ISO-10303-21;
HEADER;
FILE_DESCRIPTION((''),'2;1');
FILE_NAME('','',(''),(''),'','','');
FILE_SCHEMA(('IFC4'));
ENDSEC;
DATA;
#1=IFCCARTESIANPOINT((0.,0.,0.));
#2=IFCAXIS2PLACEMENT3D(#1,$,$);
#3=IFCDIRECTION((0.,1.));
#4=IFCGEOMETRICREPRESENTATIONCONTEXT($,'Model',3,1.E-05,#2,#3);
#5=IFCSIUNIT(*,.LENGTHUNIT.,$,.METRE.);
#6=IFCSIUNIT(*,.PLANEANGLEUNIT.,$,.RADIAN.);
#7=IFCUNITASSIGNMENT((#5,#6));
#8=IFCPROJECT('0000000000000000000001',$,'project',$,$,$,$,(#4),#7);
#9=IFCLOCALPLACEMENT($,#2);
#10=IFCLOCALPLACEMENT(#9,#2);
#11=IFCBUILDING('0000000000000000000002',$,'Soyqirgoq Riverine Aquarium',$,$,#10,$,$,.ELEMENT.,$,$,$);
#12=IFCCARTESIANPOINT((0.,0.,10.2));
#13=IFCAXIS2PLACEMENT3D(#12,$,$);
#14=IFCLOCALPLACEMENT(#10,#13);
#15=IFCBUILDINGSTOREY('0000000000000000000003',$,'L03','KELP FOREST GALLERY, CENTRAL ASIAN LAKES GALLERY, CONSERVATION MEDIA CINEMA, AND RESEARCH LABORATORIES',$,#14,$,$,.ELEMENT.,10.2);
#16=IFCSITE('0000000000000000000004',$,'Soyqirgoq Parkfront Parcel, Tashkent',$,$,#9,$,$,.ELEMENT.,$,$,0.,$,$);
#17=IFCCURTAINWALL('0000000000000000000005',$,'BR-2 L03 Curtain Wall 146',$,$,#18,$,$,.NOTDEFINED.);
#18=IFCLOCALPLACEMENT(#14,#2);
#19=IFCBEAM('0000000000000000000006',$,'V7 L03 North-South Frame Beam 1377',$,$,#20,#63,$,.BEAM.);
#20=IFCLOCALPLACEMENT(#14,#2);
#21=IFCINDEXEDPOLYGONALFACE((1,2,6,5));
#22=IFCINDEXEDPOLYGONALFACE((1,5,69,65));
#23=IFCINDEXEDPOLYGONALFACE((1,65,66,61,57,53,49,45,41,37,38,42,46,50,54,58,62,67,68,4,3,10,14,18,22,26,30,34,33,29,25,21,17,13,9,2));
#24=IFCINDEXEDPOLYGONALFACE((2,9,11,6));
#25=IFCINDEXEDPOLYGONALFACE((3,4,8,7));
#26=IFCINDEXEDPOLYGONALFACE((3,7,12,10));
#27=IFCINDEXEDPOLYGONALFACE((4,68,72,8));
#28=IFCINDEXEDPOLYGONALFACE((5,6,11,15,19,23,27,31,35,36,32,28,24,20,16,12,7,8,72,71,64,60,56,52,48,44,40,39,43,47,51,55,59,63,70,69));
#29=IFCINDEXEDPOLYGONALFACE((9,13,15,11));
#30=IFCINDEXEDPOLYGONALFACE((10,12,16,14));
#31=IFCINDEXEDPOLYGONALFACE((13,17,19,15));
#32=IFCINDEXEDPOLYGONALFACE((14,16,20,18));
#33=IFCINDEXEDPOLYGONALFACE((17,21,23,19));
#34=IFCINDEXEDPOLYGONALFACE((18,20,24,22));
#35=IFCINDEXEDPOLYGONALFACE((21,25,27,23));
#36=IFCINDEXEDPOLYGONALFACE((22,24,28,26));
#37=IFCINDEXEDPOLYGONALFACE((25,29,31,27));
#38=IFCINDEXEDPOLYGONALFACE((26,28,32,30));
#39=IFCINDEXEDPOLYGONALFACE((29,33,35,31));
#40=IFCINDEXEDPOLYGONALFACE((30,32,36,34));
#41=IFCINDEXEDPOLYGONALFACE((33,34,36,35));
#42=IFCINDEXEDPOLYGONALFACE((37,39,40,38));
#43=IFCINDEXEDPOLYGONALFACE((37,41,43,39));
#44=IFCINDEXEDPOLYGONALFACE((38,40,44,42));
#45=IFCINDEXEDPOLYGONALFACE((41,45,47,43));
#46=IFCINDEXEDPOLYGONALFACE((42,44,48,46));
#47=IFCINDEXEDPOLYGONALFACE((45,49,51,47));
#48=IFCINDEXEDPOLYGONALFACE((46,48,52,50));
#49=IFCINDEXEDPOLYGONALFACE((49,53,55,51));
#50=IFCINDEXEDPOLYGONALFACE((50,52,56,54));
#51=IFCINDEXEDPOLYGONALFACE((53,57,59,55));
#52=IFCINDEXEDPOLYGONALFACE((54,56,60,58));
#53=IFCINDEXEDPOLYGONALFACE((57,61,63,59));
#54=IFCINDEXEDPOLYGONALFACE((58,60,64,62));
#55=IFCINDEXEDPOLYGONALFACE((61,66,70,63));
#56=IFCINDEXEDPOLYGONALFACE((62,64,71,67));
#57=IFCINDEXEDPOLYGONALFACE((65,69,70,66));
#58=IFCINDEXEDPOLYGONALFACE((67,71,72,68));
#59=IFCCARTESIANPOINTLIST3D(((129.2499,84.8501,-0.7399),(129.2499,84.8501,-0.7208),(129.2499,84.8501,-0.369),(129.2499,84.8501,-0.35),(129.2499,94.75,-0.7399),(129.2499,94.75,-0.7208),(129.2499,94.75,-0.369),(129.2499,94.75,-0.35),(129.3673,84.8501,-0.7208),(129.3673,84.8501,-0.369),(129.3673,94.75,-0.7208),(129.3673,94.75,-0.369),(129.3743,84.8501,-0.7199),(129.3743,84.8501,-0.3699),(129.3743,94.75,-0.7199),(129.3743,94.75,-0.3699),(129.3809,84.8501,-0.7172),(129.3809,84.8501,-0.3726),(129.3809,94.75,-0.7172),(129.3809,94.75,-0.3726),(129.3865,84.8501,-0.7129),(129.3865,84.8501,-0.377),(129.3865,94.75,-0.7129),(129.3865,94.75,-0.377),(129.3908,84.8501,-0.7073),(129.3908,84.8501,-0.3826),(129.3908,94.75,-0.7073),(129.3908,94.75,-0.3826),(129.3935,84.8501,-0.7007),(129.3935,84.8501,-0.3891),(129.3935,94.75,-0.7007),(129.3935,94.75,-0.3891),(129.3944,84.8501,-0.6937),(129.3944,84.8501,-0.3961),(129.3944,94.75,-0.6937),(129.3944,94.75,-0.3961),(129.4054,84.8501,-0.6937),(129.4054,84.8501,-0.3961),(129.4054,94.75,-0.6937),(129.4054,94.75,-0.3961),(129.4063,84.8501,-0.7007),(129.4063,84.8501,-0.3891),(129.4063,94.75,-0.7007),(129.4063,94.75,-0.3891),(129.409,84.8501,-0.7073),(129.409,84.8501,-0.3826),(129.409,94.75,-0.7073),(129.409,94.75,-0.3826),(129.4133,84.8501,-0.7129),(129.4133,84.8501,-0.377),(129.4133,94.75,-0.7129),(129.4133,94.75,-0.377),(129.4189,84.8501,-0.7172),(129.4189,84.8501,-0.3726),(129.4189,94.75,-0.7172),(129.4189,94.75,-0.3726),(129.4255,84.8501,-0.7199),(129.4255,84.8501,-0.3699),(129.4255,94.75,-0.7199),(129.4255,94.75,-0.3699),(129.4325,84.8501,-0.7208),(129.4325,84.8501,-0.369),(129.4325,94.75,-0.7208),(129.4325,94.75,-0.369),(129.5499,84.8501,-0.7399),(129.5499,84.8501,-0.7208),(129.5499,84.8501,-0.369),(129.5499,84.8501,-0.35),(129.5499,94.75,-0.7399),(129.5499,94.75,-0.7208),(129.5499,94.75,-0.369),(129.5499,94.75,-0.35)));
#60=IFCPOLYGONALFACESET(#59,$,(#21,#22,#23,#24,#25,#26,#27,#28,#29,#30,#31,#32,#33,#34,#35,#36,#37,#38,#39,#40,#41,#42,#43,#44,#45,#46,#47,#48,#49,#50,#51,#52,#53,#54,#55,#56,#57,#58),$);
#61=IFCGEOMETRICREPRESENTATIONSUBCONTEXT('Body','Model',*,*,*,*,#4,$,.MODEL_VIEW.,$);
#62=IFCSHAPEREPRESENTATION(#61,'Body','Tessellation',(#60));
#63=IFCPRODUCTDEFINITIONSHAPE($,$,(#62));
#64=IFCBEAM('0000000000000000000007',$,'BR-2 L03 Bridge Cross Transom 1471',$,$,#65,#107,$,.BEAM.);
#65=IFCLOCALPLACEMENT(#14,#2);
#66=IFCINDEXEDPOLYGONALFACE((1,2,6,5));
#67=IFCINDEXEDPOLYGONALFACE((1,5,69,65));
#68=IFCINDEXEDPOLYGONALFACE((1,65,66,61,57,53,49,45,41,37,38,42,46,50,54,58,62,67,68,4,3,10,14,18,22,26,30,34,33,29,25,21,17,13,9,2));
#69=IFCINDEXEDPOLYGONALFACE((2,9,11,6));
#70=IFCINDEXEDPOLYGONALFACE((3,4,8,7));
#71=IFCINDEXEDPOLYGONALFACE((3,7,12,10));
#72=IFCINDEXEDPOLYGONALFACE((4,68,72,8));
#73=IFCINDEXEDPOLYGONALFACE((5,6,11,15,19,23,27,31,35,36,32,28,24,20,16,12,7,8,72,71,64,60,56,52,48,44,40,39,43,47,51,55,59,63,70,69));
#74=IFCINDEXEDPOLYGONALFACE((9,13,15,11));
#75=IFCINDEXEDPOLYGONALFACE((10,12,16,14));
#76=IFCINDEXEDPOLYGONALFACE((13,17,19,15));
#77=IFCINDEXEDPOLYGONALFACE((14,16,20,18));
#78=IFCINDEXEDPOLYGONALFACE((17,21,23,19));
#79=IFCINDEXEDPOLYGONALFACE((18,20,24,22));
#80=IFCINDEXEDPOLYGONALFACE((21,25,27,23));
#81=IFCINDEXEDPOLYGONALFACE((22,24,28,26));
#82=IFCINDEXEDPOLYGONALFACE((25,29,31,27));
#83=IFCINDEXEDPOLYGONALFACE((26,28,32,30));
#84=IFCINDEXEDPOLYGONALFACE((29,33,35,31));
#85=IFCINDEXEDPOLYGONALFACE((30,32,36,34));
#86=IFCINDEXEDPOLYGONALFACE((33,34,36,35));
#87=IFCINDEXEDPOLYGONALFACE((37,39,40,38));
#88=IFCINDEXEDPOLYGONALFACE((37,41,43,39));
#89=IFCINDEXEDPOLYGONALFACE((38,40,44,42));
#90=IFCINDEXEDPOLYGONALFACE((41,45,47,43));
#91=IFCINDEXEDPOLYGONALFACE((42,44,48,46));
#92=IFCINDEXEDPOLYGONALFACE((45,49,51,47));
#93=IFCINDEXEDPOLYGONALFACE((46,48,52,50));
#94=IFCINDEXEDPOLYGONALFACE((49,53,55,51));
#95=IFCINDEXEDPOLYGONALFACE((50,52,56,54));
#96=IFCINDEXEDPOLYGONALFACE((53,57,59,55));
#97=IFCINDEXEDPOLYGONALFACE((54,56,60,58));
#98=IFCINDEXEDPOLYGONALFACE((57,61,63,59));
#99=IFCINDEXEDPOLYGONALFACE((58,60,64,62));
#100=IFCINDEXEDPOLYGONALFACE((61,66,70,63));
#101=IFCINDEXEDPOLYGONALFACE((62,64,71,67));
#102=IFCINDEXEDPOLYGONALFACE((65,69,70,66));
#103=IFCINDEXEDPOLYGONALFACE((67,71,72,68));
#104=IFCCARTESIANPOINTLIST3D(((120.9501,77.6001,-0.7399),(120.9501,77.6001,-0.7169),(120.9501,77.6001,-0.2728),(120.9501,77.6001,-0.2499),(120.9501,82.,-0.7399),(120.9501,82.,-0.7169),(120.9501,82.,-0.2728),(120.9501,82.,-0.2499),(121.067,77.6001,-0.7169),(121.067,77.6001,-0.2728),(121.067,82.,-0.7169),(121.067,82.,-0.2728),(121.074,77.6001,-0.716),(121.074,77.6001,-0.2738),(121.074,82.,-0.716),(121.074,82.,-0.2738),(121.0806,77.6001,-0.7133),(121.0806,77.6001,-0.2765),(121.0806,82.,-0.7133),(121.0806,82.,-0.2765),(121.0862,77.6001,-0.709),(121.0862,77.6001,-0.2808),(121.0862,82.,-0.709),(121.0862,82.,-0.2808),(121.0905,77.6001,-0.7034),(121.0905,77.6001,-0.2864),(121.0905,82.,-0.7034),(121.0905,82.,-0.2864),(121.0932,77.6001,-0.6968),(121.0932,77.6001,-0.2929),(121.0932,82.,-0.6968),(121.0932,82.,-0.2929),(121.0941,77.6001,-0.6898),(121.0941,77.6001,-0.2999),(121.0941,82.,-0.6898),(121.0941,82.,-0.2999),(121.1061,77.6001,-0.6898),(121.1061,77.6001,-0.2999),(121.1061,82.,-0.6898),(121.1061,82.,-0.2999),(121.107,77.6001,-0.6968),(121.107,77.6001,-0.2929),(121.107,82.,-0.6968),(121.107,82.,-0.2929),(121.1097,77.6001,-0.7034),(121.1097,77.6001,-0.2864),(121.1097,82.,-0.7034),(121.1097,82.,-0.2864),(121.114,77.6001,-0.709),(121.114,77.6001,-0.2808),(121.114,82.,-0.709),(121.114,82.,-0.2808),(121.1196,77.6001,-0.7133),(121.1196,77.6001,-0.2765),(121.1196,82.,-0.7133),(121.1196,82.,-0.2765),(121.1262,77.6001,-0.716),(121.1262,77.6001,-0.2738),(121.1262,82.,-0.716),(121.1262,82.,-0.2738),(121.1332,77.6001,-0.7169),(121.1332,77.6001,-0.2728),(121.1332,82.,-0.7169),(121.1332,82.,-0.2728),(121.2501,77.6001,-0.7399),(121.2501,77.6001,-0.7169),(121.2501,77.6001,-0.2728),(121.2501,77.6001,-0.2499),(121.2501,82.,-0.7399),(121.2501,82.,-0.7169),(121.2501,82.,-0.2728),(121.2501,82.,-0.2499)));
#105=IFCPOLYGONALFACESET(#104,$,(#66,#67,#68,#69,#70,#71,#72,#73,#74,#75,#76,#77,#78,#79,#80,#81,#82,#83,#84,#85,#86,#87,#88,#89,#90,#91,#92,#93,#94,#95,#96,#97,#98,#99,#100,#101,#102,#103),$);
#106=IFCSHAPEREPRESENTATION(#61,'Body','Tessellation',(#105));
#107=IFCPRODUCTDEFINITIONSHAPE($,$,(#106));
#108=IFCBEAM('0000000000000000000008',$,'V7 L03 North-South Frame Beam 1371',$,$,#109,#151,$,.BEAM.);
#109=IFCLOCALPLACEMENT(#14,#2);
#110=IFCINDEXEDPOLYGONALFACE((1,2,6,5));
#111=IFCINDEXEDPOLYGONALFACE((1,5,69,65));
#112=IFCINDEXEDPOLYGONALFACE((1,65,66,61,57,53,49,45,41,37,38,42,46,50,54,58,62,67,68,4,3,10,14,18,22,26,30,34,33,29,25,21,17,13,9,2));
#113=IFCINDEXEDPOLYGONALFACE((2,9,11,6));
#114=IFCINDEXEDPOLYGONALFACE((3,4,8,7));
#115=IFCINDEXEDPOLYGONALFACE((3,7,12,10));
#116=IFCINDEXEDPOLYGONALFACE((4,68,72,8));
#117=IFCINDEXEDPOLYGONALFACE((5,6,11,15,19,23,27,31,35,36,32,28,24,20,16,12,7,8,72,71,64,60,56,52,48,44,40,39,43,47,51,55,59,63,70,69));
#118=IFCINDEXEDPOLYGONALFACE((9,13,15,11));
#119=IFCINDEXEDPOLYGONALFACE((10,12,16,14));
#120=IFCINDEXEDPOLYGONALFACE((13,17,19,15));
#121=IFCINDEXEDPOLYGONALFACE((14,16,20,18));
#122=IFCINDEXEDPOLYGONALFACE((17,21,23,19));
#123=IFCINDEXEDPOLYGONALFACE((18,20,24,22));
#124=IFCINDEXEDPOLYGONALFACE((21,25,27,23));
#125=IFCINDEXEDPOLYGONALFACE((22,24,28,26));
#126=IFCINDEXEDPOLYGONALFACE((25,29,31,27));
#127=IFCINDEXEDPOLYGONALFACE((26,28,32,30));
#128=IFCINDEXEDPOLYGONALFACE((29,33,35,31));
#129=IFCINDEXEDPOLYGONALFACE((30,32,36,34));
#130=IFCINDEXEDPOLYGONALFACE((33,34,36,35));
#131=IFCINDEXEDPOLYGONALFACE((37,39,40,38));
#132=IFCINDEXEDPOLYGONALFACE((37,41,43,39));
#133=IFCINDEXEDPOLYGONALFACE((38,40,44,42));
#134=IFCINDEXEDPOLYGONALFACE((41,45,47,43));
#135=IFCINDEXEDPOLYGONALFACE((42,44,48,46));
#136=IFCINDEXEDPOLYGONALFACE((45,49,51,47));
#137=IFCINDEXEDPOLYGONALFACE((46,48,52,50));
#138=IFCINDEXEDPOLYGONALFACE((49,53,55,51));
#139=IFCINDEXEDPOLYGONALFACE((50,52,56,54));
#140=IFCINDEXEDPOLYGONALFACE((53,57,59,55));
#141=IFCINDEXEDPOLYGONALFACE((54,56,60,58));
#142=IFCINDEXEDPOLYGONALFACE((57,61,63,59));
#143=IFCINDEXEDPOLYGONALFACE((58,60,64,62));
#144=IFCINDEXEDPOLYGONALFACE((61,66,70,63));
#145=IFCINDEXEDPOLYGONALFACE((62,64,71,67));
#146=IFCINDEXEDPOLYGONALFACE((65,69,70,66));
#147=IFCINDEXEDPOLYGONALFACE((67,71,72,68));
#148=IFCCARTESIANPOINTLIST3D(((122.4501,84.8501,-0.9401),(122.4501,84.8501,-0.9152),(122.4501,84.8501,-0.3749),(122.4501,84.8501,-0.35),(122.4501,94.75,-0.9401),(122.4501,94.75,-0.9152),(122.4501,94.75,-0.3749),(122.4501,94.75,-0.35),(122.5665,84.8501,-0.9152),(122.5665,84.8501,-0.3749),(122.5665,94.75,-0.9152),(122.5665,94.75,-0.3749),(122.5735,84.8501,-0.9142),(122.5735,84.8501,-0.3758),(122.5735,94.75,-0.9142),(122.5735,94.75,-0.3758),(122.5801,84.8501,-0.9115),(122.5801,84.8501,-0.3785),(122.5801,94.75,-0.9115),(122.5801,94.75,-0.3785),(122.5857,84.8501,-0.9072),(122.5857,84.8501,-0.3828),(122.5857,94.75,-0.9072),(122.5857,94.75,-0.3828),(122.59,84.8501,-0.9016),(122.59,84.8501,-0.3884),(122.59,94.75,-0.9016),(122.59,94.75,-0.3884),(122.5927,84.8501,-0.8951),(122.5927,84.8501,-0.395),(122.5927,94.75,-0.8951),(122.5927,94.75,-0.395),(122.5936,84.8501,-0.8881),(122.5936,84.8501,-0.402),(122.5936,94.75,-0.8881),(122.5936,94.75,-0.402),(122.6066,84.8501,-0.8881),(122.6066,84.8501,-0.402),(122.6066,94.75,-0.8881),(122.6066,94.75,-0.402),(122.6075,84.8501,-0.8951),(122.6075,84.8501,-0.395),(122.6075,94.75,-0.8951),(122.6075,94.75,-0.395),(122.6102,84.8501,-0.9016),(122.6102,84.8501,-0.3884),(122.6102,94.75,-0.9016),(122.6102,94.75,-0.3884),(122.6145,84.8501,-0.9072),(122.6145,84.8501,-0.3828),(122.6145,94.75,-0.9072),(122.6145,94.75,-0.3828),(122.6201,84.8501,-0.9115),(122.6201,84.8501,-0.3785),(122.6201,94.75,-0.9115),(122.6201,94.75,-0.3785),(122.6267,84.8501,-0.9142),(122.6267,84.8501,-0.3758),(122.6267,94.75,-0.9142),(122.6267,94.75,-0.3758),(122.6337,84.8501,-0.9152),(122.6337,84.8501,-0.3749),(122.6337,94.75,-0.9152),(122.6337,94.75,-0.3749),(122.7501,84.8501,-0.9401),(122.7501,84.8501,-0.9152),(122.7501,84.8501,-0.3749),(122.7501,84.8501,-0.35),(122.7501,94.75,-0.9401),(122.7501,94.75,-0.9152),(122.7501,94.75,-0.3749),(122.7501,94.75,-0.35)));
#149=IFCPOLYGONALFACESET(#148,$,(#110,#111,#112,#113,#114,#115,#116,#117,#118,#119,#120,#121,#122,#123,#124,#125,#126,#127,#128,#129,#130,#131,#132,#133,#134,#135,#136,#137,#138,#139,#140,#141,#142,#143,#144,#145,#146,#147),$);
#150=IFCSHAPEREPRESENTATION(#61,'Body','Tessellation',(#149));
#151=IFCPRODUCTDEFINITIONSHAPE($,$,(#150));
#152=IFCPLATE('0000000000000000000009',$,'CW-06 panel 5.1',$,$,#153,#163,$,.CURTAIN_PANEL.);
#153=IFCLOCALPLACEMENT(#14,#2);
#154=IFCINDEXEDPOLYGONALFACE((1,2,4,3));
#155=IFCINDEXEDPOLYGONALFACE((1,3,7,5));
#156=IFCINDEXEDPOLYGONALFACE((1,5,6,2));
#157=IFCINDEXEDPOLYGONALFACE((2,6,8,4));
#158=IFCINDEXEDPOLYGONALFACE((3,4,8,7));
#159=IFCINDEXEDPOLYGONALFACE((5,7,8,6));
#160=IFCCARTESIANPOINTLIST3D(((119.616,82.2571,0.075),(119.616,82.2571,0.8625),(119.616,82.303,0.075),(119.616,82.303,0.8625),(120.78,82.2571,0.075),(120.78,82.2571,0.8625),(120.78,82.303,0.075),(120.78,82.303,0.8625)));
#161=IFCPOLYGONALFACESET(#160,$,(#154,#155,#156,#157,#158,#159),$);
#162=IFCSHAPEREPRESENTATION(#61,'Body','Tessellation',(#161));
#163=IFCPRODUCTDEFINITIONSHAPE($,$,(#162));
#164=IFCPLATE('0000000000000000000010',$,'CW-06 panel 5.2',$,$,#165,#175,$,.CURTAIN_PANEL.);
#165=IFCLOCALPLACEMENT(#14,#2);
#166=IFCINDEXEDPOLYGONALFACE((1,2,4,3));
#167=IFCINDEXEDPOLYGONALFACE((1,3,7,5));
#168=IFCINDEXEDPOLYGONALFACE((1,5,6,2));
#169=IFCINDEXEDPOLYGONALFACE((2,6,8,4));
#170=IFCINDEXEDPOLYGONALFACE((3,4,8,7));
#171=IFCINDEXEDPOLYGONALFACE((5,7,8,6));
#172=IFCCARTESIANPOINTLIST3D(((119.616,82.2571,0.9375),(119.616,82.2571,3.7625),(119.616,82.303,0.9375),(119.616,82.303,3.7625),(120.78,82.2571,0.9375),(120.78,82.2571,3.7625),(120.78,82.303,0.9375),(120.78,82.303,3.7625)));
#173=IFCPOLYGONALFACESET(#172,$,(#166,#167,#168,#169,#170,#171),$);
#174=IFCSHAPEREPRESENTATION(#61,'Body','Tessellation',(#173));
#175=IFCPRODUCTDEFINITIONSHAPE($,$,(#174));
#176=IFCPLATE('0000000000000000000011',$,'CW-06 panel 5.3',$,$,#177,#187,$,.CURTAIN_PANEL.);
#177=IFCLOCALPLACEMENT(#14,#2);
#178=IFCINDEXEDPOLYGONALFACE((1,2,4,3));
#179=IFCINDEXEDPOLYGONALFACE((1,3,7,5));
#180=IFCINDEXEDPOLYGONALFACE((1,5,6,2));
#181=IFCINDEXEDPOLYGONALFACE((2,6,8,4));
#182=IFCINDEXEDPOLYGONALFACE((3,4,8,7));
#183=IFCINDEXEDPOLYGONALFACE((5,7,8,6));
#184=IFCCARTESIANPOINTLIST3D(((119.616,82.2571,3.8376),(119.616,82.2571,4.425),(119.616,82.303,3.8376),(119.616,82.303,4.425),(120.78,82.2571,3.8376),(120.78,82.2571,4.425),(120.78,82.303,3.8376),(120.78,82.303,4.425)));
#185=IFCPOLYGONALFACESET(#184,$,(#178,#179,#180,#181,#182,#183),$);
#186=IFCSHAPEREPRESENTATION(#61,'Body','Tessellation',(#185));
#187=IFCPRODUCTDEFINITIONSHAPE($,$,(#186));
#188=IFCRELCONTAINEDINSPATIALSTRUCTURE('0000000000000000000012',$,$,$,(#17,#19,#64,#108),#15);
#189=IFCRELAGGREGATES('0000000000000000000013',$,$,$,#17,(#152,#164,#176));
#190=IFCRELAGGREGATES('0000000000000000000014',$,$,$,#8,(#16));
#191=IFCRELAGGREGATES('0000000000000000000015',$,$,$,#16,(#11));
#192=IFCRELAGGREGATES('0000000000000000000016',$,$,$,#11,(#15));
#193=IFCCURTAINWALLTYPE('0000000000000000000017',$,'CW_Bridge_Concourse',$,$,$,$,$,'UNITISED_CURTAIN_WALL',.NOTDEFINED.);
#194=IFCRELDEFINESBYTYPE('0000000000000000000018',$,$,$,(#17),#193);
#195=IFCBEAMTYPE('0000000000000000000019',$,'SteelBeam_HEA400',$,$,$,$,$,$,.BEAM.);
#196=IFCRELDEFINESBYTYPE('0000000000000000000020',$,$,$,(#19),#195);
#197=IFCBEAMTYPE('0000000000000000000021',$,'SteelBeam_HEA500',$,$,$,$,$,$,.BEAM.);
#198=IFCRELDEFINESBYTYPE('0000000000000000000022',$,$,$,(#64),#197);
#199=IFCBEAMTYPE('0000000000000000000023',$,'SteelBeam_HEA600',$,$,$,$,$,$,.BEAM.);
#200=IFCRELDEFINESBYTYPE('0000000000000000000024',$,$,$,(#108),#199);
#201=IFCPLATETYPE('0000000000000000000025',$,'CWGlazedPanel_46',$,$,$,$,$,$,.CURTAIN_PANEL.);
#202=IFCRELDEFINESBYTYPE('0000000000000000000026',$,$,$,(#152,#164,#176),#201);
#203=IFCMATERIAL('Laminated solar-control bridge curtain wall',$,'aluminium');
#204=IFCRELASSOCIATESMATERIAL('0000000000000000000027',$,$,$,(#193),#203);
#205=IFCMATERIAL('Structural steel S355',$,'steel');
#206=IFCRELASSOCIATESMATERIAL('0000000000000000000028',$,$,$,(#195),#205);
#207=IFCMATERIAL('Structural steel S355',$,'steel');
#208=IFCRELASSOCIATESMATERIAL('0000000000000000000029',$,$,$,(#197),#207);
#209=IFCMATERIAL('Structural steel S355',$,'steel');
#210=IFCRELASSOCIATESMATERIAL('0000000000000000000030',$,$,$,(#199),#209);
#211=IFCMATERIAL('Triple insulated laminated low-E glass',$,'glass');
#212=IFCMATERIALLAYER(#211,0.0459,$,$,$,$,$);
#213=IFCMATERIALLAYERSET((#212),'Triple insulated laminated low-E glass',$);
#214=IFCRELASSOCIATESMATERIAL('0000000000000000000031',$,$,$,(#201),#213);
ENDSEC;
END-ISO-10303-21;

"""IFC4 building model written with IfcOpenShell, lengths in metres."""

from ifc_helpers import new_model, si_unit, direction, frame, origin, origin_2d, place, context, subcontext, project, spatial, rectangle, i_section, extrude, material, layer, layer_set, material_profile, profile_set, type_object, element, aggregate, save


model = new_model("IFC4")

# Units and contexts
model_context = context("Model", 3, precision=1e-05, world=origin(), true_north=direction((0.0, 1.0)))
body_context = subcontext(model_context, "Body", "Model", "MODEL_VIEW")
ifc_project = project(units=[si_unit("LENGTHUNIT", "METRE"), si_unit("PLANEANGLEUNIT", "RADIAN")], contexts=[model_context])

# Site, building, storey
site_placement = place(None, origin())
site = spatial("IfcSite", under=ifc_project, at=site_placement, Name="Soyqirgoq Parkfront Parcel, Tashkent", CompositionType="ELEMENT", RefElevation=0.0)
building_placement = place(site_placement, origin())
building = spatial("IfcBuilding", under=site, at=building_placement, Name="Soyqirgoq Riverine Aquarium", CompositionType="ELEMENT")
storey_placement = place(building_placement, frame((0.0, 0.0, 10.2)))
storey = spatial("IfcBuildingStorey", under=building, at=storey_placement, Name="L03", Description="KELP FOREST GALLERY, CENTRAL ASIAN LAKES GALLERY, CONSERVATION MEDIA CINEMA, AND RESEARCH LABORATORIES", CompositionType="ELEMENT", Elevation=10.2)

# Curtain wall
ifc_material_1 = material(Name="Laminated solar-control bridge curtain wall", Category="aluminium")
curtain_wall_type_1 = type_object("IfcCurtainWallType", Name="CW_Bridge_Concourse", ElementType="UNITISED_CURTAIN_WALL", PredefinedType="NOTDEFINED", material=ifc_material_1)
curtain_wall_1_placement = place(storey_placement, origin())
curtain_wall_1 = element("IfcCurtainWall", 1, at=curtain_wall_1_placement, inside=storey, type_object=curtain_wall_type_1, Name="BR-2 L03 Curtain Wall 146", PredefinedType="NOTDEFINED")

# Beams
ifc_material_2 = material(Name="Structural steel S355", Category="steel")
ifc_material_profile_1 = material_profile(ifc_material_2, i_section(OverallWidth=0.3, OverallDepth=0.3899, WebThickness=0.011, FlangeThickness=0.019, FilletRadius=0.0271, at=origin_2d()), Name="HEA 400")
ifc_profile_set_1 = profile_set([ifc_material_profile_1], Name="Structural steel S355")
beam_type_1 = type_object("IfcBeamType", Name="SteelBeam_HEA400", PredefinedType="BEAM", material=ifc_profile_set_1)
beam_1_placement = place(storey_placement, frame((129.3999, 84.8501, -0.5449), z_axis=(0.0, 1.0, 0.0), x_axis=(-1.0, 0.0, 0.0)))
element("IfcBeam", 2, at=beam_1_placement, inside=storey, type_object=beam_type_1, Name="V7 L03 North-South Frame Beam 1377", PredefinedType="BEAM", context=body_context, shape_type="SweptSolid", body=[
    extrude(i_section(OverallWidth=0.3, OverallDepth=0.3899, WebThickness=0.011, FlangeThickness=0.019, FilletRadius=0.0271, at=origin_2d()), origin(), (0.0, 0.0, 1.0), 9.8999),
])
ifc_material_3 = material(Name="Structural steel S355", Category="steel")
ifc_material_profile_2 = material_profile(ifc_material_3, i_section(OverallWidth=0.3, OverallDepth=0.49, WebThickness=0.012, FlangeThickness=0.0229, FilletRadius=0.0271, at=origin_2d()), Name="HEA 500")
ifc_profile_set_2 = profile_set([ifc_material_profile_2], Name="Structural steel S355")
beam_type_2 = type_object("IfcBeamType", Name="SteelBeam_HEA500", PredefinedType="BEAM", material=ifc_profile_set_2)
beam_2_placement = place(storey_placement, frame((121.1001, 77.6001, -0.4949), z_axis=(0.0, 1.0, 0.0), x_axis=(-1.0, 0.0, 0.0)))
element("IfcBeam", 3, at=beam_2_placement, inside=storey, type_object=beam_type_2, Name="BR-2 L03 Bridge Cross Transom 1471", PredefinedType="BEAM", context=body_context, shape_type="SweptSolid", body=[
    extrude(i_section(OverallWidth=0.3, OverallDepth=0.49, WebThickness=0.012, FlangeThickness=0.0229, FilletRadius=0.0271, at=origin_2d()), origin(), (0.0, 0.0, 1.0), 4.3999),
])
ifc_material_4 = material(Name="Structural steel S355", Category="steel")
ifc_material_profile_3 = material_profile(ifc_material_4, i_section(OverallWidth=0.3, OverallDepth=0.5901, WebThickness=0.0129, FlangeThickness=0.0249, FilletRadius=0.0271, at=origin_2d()), Name="HEA 600")
ifc_profile_set_3 = profile_set([ifc_material_profile_3], Name="Structural steel S355")
beam_type_3 = type_object("IfcBeamType", Name="SteelBeam_HEA600", PredefinedType="BEAM", material=ifc_profile_set_3)
beam_3_placement = place(storey_placement, frame((122.6001, 84.8501, -0.645), z_axis=(0.0, 1.0, 0.0), x_axis=(-1.0, 0.0, 0.0)))
element("IfcBeam", 4, at=beam_3_placement, inside=storey, type_object=beam_type_3, Name="V7 L03 North-South Frame Beam 1371", PredefinedType="BEAM", context=body_context, shape_type="SweptSolid", body=[
    extrude(i_section(OverallWidth=0.3, OverallDepth=0.5901, WebThickness=0.0129, FlangeThickness=0.0249, FilletRadius=0.0271, at=origin_2d()), origin(), (0.0, 0.0, 1.0), 9.8999),
])

# Plates
ifc_material_5 = material(Name="Triple insulated laminated low-E glass", Category="glass")
ifc_layer_1 = layer(ifc_material_5, 0.0459)
ifc_layer_set_1 = layer_set([ifc_layer_1], Name="Triple insulated laminated low-E glass")
plate_type_1 = type_object("IfcPlateType", Name="CWGlazedPanel_46", PredefinedType="CURTAIN_PANEL", material=ifc_layer_set_1)
plate_1_placement = place(storey_placement, frame((120.198, 82.28, 0.075), z_axis=(0.0, 0.0, 1.0), x_axis=(1.0, 0.0, 0.0)))
plate_1 = element("IfcPlate", 5, at=plate_1_placement, type_object=plate_type_1, Name="CW-06 panel 5.1", PredefinedType="CURTAIN_PANEL", context=body_context, shape_type="SweptSolid", body=[
    extrude(rectangle(XDim=1.1641, YDim=0.0459, at=origin_2d()), origin(), (0.0, 0.0, 1.0), 0.7876),
])
plate_2_placement = place(storey_placement, frame((120.198, 82.28, 0.9375), z_axis=(0.0, 0.0, 1.0), x_axis=(1.0, 0.0, 0.0)))
plate_2 = element("IfcPlate", 6, at=plate_2_placement, type_object=plate_type_1, Name="CW-06 panel 5.2", PredefinedType="CURTAIN_PANEL", context=body_context, shape_type="SweptSolid", body=[
    extrude(rectangle(XDim=1.1641, YDim=0.0459, at=origin_2d()), origin(), (0.0, 0.0, 1.0), 2.825),
])
plate_3_placement = place(storey_placement, frame((120.198, 82.28, 3.8376), z_axis=(0.0, 0.0, 1.0), x_axis=(1.0, 0.0, 0.0)))
plate_3 = element("IfcPlate", 7, at=plate_3_placement, type_object=plate_type_1, Name="CW-06 panel 5.3", PredefinedType="CURTAIN_PANEL", context=body_context, shape_type="SweptSolid", body=[
    extrude(rectangle(XDim=1.1641, YDim=0.0459, at=origin_2d()), origin(), (0.0, 0.0, 1.0), 0.5874),
])
aggregate(curtain_wall_1, [plate_1, plate_2, plate_3])

save(model, "model.ifc")
